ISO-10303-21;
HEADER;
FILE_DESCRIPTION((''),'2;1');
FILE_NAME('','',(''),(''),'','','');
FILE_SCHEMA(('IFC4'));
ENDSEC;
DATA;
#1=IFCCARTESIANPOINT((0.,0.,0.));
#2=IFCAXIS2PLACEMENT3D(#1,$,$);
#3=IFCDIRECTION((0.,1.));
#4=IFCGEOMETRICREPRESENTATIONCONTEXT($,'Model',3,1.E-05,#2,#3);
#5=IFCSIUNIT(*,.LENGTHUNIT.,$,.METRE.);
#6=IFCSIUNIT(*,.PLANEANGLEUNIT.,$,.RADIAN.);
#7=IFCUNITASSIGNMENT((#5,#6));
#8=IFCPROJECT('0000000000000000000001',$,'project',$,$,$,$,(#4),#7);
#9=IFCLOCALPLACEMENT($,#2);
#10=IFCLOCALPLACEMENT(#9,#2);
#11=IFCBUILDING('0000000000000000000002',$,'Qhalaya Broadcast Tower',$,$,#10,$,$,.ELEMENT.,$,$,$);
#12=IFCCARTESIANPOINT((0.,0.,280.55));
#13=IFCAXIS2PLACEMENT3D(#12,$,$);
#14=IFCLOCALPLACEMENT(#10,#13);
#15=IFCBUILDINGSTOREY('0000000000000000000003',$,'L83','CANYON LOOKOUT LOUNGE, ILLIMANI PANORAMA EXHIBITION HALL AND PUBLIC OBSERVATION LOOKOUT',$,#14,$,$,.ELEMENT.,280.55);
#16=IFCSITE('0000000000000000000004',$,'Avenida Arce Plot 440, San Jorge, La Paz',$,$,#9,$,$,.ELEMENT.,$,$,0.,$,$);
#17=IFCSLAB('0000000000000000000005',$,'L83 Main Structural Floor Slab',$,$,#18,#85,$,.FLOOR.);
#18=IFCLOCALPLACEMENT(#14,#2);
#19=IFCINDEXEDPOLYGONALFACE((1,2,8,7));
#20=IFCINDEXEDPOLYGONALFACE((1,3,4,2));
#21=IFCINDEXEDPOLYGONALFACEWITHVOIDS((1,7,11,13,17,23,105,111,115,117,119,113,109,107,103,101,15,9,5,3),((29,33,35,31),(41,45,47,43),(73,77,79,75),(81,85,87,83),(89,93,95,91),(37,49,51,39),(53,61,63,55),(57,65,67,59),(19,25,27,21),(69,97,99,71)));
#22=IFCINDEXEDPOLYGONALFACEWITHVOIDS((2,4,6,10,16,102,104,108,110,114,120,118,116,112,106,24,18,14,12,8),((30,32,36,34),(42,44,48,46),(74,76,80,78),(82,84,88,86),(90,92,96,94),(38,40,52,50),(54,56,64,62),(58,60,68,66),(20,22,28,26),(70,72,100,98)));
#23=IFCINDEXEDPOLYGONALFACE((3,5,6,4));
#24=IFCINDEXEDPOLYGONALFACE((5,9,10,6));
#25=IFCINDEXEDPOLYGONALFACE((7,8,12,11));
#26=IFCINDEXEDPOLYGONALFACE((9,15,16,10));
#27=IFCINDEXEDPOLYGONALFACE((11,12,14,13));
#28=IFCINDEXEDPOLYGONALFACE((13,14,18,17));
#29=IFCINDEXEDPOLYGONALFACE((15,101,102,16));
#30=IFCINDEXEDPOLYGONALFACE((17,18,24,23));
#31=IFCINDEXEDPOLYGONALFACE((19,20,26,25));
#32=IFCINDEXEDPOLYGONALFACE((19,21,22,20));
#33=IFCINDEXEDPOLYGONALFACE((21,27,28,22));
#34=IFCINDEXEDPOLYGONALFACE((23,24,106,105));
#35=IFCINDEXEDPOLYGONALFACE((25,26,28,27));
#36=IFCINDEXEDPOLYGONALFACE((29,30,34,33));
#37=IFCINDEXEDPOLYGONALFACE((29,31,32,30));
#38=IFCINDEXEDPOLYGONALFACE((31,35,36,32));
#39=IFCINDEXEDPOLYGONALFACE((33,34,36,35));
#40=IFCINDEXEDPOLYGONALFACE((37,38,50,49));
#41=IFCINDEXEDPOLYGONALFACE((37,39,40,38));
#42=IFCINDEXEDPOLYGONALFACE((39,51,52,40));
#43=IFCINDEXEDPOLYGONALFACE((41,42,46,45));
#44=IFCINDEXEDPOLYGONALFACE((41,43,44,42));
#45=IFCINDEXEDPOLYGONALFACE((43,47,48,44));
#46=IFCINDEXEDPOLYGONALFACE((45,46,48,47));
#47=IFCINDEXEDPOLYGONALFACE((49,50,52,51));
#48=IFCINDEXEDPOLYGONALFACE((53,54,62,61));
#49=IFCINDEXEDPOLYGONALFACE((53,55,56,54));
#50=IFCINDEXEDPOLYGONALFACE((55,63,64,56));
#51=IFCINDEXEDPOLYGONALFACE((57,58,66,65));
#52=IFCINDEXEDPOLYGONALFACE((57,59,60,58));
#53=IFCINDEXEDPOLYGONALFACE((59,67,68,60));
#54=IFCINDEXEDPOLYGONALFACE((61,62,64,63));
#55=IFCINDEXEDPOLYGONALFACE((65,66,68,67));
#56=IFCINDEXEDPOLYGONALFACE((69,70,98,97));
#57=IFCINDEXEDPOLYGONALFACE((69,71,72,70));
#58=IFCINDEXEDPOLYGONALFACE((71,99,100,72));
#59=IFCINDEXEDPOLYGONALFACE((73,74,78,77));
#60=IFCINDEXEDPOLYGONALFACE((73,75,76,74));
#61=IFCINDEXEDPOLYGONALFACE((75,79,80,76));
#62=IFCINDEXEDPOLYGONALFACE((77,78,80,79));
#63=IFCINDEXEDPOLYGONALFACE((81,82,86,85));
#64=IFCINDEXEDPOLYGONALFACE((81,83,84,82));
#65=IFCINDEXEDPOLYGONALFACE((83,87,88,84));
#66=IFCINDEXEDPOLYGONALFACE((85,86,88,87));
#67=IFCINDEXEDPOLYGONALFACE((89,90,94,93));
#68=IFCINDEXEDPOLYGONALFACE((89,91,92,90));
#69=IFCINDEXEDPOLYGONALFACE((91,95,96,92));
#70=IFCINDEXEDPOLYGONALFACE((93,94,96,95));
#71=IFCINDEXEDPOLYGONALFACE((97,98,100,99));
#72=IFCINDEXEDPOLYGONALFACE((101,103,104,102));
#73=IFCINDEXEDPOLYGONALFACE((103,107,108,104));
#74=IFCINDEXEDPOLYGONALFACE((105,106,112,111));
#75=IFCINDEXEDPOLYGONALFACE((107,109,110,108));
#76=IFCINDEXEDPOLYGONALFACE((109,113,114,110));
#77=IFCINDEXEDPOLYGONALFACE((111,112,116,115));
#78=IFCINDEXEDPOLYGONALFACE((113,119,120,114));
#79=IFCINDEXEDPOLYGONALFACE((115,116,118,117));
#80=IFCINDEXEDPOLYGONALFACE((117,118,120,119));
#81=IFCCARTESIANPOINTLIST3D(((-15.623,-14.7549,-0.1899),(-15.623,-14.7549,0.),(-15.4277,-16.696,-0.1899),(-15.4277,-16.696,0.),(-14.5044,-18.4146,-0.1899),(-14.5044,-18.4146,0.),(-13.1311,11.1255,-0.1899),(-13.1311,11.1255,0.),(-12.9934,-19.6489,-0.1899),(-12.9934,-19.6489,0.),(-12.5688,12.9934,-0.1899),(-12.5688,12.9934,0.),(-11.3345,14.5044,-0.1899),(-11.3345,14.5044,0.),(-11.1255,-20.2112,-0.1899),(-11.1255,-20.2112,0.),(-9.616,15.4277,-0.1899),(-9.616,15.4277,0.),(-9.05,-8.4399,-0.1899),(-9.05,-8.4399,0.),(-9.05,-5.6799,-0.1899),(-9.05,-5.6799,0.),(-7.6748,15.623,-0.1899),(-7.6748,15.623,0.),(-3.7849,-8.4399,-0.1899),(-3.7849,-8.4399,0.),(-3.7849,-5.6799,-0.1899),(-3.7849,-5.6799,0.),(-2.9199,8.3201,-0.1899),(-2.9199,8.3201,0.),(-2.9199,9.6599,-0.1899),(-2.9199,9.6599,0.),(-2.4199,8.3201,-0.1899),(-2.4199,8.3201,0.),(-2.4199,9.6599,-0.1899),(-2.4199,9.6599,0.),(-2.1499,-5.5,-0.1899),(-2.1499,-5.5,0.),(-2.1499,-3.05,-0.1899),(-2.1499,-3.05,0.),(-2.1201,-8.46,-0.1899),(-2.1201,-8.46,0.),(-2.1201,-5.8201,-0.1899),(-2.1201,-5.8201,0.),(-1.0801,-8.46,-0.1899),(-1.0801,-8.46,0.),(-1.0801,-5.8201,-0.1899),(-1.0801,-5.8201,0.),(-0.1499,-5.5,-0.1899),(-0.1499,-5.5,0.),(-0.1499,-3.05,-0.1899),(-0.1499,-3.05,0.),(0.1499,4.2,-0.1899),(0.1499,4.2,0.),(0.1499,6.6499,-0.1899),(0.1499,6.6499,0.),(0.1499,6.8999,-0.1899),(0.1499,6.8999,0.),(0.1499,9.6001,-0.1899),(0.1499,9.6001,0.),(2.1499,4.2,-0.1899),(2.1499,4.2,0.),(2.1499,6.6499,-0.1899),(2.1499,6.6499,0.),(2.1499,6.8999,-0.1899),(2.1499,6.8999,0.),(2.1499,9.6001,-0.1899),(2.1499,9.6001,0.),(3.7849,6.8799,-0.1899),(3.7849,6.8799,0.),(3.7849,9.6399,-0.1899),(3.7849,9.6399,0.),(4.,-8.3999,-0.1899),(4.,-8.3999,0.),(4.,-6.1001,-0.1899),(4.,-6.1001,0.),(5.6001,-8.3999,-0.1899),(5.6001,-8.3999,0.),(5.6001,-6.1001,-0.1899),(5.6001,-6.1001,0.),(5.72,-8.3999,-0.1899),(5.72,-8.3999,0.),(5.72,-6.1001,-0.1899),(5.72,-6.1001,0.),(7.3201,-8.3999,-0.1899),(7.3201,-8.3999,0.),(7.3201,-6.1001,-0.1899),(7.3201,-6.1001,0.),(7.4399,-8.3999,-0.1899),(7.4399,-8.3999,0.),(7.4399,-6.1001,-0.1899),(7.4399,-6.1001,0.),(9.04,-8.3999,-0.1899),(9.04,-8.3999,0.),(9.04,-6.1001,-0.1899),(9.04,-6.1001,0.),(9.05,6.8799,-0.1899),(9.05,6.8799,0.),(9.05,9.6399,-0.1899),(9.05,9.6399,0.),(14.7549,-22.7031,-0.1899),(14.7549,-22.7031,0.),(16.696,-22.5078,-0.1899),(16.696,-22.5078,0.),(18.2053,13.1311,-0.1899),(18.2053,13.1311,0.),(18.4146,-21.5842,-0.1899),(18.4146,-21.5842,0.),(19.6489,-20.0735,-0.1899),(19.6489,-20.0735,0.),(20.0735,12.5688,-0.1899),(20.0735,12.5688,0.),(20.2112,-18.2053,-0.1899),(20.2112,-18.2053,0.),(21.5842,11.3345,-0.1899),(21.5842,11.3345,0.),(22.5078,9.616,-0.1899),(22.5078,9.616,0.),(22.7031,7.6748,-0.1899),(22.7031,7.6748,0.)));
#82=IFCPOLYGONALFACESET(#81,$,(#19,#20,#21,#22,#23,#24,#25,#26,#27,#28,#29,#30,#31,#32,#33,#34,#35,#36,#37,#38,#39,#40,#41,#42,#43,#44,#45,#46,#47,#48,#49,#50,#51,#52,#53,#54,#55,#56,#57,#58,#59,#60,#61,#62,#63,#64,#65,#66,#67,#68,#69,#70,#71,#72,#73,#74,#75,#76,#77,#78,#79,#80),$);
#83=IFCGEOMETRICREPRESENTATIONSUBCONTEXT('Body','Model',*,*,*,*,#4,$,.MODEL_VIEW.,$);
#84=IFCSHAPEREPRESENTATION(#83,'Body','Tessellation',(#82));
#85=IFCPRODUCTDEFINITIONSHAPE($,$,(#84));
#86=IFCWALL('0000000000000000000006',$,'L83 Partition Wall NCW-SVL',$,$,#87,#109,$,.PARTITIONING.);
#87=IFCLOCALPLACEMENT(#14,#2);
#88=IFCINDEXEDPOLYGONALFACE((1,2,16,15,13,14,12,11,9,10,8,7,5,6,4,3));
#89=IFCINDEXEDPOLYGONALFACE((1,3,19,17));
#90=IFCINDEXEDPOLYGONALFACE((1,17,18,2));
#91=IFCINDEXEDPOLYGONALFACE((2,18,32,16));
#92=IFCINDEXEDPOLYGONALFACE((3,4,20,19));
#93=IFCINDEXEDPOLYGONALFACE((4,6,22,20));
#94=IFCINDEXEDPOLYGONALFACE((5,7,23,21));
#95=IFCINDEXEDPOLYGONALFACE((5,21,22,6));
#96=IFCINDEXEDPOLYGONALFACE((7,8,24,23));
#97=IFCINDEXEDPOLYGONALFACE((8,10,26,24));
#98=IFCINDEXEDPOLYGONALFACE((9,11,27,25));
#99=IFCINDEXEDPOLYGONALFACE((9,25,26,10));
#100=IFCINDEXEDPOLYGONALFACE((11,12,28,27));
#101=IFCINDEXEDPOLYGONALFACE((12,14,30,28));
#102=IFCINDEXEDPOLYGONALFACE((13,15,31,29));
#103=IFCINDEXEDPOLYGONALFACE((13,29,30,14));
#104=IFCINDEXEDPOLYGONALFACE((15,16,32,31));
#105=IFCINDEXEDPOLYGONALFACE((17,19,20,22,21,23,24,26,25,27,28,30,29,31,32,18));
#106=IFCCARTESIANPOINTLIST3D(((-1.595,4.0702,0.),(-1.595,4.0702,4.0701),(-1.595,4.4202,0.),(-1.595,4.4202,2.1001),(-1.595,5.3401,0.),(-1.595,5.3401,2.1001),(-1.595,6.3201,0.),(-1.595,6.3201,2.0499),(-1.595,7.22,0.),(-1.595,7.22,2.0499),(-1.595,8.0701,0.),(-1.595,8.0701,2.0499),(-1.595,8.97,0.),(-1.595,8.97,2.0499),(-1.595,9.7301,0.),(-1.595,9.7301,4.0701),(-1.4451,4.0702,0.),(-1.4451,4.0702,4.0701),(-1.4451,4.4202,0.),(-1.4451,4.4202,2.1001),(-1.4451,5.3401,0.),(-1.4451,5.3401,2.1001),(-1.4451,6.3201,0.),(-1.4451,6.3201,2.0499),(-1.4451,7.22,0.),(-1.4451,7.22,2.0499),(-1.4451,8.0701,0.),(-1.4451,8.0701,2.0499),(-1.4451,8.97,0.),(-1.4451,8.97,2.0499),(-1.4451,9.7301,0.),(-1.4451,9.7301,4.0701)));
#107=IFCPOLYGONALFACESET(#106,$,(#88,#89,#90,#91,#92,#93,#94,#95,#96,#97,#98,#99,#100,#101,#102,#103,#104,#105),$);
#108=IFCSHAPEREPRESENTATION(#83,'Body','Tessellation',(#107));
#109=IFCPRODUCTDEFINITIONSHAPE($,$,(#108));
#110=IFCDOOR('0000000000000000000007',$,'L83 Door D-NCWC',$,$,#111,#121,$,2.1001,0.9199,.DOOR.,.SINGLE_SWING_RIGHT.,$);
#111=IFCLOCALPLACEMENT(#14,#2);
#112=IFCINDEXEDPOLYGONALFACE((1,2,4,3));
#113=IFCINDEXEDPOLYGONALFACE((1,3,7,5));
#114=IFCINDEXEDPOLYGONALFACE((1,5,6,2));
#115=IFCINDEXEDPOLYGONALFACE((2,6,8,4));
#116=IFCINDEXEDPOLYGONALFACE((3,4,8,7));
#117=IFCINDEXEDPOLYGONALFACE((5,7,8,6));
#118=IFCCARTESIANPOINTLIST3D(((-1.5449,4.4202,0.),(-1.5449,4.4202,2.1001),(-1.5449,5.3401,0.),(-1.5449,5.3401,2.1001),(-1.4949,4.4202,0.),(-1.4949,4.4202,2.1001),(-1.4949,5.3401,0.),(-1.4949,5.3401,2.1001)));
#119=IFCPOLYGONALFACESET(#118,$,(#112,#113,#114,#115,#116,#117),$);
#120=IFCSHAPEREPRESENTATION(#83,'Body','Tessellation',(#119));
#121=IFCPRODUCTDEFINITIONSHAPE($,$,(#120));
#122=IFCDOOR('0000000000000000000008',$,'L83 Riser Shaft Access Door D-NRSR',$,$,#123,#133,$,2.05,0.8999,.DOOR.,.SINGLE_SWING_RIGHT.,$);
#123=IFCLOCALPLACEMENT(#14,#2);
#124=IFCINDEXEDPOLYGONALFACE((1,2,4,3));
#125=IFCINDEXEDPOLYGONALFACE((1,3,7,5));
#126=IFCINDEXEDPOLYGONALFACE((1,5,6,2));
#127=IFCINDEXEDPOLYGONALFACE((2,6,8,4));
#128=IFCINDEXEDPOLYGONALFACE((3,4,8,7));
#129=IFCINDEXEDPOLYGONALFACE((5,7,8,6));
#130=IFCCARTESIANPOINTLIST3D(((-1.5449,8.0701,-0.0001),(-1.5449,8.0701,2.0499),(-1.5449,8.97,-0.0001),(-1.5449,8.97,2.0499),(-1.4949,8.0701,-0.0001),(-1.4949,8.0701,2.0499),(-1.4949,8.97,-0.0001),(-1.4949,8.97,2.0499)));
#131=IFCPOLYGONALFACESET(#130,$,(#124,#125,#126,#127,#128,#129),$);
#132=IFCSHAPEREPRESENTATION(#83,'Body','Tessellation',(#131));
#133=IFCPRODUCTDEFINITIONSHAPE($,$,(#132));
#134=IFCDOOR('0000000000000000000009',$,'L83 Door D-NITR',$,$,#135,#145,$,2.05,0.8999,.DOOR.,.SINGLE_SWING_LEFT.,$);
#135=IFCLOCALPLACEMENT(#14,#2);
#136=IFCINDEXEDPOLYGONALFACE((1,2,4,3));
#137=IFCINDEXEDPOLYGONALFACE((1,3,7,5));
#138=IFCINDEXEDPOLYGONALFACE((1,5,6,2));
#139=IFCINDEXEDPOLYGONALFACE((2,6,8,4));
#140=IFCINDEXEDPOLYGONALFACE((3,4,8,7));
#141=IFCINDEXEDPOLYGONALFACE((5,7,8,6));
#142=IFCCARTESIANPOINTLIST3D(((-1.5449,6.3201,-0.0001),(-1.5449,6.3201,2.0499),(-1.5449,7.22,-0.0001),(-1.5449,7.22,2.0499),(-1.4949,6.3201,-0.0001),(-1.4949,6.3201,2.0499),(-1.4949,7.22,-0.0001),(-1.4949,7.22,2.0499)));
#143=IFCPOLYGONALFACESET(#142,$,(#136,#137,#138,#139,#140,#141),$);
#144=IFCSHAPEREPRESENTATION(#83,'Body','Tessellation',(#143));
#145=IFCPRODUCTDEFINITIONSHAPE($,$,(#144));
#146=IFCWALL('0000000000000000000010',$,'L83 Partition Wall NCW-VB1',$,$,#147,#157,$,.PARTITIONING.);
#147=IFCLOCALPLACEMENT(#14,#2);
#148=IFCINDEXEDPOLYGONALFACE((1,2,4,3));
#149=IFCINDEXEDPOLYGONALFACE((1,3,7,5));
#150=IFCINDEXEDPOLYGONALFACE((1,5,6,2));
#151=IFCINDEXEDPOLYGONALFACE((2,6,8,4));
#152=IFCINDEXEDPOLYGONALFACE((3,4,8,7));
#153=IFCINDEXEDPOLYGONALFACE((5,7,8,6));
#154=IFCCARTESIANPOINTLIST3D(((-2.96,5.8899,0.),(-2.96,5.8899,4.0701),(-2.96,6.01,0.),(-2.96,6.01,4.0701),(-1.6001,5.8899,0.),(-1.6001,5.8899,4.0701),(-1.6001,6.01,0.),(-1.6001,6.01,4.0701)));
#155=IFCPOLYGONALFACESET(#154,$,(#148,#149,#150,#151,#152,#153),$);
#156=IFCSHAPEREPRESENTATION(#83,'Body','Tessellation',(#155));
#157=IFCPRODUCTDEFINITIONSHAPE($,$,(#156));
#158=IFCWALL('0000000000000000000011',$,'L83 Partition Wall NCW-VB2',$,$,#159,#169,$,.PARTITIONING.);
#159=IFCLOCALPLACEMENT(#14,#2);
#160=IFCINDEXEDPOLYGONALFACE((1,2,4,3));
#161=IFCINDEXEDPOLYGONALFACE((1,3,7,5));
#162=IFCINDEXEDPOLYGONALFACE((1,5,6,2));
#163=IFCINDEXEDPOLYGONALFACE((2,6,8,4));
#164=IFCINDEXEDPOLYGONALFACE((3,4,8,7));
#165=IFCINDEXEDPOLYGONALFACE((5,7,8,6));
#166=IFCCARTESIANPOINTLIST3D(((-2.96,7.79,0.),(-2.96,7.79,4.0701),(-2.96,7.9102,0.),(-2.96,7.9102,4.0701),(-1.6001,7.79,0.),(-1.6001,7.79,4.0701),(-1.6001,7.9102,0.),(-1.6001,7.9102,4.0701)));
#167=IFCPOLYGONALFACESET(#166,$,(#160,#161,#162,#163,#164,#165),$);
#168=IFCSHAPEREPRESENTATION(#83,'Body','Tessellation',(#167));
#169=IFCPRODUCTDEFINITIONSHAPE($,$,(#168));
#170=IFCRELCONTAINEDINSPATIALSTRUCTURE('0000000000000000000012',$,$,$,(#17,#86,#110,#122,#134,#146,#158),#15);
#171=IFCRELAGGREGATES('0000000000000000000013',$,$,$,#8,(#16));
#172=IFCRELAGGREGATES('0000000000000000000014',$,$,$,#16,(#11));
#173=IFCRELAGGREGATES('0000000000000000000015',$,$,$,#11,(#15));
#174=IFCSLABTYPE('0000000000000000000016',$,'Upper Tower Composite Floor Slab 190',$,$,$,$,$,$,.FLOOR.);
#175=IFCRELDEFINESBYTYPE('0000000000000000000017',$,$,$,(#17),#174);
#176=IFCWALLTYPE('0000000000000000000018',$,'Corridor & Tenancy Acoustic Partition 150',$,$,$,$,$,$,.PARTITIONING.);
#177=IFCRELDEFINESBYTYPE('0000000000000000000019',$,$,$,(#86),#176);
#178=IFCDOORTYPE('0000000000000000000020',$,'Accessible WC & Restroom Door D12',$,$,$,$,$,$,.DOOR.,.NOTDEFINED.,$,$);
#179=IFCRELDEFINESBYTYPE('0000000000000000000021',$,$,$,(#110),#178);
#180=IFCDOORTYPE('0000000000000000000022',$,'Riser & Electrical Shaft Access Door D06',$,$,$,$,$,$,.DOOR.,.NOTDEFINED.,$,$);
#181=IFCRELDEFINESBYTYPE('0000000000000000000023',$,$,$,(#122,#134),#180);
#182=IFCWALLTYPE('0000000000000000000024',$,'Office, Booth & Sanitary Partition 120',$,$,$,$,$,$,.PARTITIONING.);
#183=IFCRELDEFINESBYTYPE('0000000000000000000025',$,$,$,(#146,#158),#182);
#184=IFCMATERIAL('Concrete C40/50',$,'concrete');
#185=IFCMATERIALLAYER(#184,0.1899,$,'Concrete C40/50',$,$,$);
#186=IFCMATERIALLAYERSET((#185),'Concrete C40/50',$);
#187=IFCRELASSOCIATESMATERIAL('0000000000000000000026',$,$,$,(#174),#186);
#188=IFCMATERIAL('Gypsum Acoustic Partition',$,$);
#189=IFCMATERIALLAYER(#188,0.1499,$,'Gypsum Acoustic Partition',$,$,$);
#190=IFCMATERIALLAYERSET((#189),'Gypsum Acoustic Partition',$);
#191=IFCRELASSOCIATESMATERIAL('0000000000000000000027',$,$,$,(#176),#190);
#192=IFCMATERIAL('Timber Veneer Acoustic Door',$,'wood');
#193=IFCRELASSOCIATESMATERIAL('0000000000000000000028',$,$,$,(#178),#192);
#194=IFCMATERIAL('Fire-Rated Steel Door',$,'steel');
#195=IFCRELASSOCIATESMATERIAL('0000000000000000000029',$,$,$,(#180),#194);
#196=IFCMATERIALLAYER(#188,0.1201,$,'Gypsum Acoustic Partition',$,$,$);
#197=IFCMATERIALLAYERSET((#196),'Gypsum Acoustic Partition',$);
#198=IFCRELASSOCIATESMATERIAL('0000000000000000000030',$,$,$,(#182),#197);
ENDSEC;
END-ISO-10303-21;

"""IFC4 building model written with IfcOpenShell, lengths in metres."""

from ifc_helpers import new_model, si_unit, direction, frame, frame_2d, origin, place, context, subcontext, project, spatial, polyline, rectangle, outline, extrude, material, layer, layer_set, type_object, element, fill, save


model = new_model("IFC4")

# Units and contexts
model_context = context("Model", 3, precision=1e-05, world=origin(), true_north=direction((0.0, 1.0)))
body_context = subcontext(model_context, "Body", "Model", "MODEL_VIEW")
ifc_project = project(units=[si_unit("LENGTHUNIT", "METRE"), si_unit("PLANEANGLEUNIT", "RADIAN")], contexts=[model_context])

# Site, building, storey
site_placement = place(None, origin())
site = spatial("IfcSite", under=ifc_project, at=site_placement, Name="Avenida Arce Plot 440, San Jorge, La Paz", CompositionType="ELEMENT", RefElevation=0.0)
building_placement = place(site_placement, origin())
building = spatial("IfcBuilding", under=site, at=building_placement, Name="Qhalaya Broadcast Tower", CompositionType="ELEMENT")
storey_placement = place(building_placement, frame((0.0, 0.0, 280.55)))
storey = spatial("IfcBuildingStorey", under=building, at=storey_placement, Name="L83", Description="CANYON LOOKOUT LOUNGE, ILLIMANI PANORAMA EXHIBITION HALL AND PUBLIC OBSERVATION LOOKOUT", CompositionType="ELEMENT", Elevation=280.55)

# Shared definitions
ifc_material_1 = material(Name="Concrete C40/50", Category="concrete")

# Slab
ifc_layer_1 = layer(ifc_material_1, 0.1899, Name="Concrete C40/50")
ifc_layer_set_1 = layer_set([ifc_layer_1], Name="Concrete C40/50")
slab_type_1 = type_object("IfcSlabType", Name="Upper Tower Composite Floor Slab 190", PredefinedType="FLOOR", material=ifc_layer_set_1)
slab_1_placement = place(storey_placement, frame((0.0, 0.0, -0.1899)))
element("IfcSlab", 1, at=slab_1_placement, inside=storey, type_object=slab_type_1, Name="L83 Main Structural Floor Slab", PredefinedType="FLOOR", context=body_context, shape_type="SweptSolid", body=[
    extrude(outline(polyline([(14.7549, -22.7031), (16.696, -22.5078), (18.4146, -21.5842), (19.6489, -20.0735), (20.2112, -18.2053), (22.7031, 7.6748), (22.5078, 9.616), (21.5842, 11.3345), (20.0735, 12.5688), (18.2053, 13.1311), (-7.6748, 15.623), (-9.616, 15.4277), (-11.3345, 14.5044), (-12.5688, 12.9934), (-13.1311, 11.1255), (-15.623, -14.7549), (-15.4277, -16.696), (-14.5044, -18.4146), (-12.9934, -19.6489), (-11.1255, -20.2112), (14.7549, -22.7031)]), holes=[polyline([(3.7849, 9.6399), (9.05, 9.6399), (9.05, 6.8799), (3.7849, 6.8799), (3.7849, 9.6399)]), polyline([(-3.7849, -8.4399), (-9.05, -8.4399), (-9.05, -5.6799), (-3.7849, -5.6799), (-3.7849, -8.4399)]), polyline([(0.1499, 6.6499), (2.1499, 6.6499), (2.1499, 4.2), (0.1499, 4.2), (0.1499, 6.6499)]), polyline([(0.1499, 9.6001), (2.1499, 9.6001), (2.1499, 6.8999), (0.1499, 6.8999), (0.1499, 9.6001)]), polyline([(-2.1499, -3.05), (-0.1499, -3.05), (-0.1499, -5.5), (-2.1499, -5.5), (-2.1499, -3.05)]), polyline([(4.0, -6.1001), (5.6001, -6.1001), (5.6001, -8.3999), (4.0, -8.3999), (4.0, -6.1001)]), polyline([(5.72, -6.1001), (7.3201, -6.1001), (7.3201, -8.3999), (5.72, -8.3999), (5.72, -6.1001)]), polyline([(7.4399, -6.1001), (9.04, -6.1001), (9.04, -8.3999), (7.4399, -8.3999), (7.4399, -6.1001)]), polyline([(-2.9199, 9.6599), (-2.4199, 9.6599), (-2.4199, 8.3201), (-2.9199, 8.3201), (-2.9199, 9.6599)]), polyline([(-2.1201, -5.8201), (-1.0801, -5.8201), (-1.0801, -8.46), (-2.1201, -8.46), (-2.1201, -5.8201)])]), origin(), (0.0, 0.0, 1.0), 0.1899),
])

# Wall, openings, doors
ifc_material_2 = material(Name="Gypsum Acoustic Partition")
ifc_layer_2 = layer(ifc_material_2, 0.1499, Name="Gypsum Acoustic Partition")
ifc_layer_set_2 = layer_set([ifc_layer_2], Name="Gypsum Acoustic Partition")
wall_type_1 = type_object("IfcWallType", Name="Corridor & Tenancy Acoustic Partition 150", PredefinedType="PARTITIONING", material=ifc_layer_set_2)
wall_1_placement = place(storey_placement, frame((-1.52, 4.0701, 0.0), z_axis=(0.0, 0.0, 1.0), x_axis=(0.0, 1.0, 0.0)))
wall_1 = element("IfcWall", 2, at=wall_1_placement, inside=storey, type_object=wall_type_1, Name="L83 Partition Wall NCW-SVL", PredefinedType="PARTITIONING", context=body_context, shape_type="SweptSolid", body=[
    extrude(rectangle(XDim=5.6599, YDim=0.1499, at=frame_2d((2.8301, 0.0))), origin(), (0.0, 0.0, 1.0), 4.0701),
])
opening_1_placement = place(wall_1_placement, frame((4.0, 0.0, 0.0)))
opening_1 = element("IfcOpeningElement", 3, at=opening_1_placement, cuts=wall_1, PredefinedType="OPENING", context=body_context, shape_type="SweptSolid", body=[
    extrude(rectangle(XDim=0.8999, YDim=2.05, at=frame_2d((0.45, 1.0249))), frame((0.0, 0.0869, 0.0), z_axis=(0.0, -1.0, 0.0), x_axis=(1.0, 0.0, 0.0)), (0.0, 0.0, 1.0), 0.1738),
])
opening_2_placement = place(wall_1_placement, frame((2.25, 0.0, 0.0)))
opening_2 = element("IfcOpeningElement", 4, at=opening_2_placement, cuts=wall_1, PredefinedType="OPENING", context=body_context, shape_type="SweptSolid", body=[
    extrude(rectangle(XDim=0.8999, YDim=2.05, at=frame_2d((0.45, 1.0249))), frame((0.0, 0.0869, 0.0), z_axis=(0.0, -1.0, 0.0), x_axis=(1.0, 0.0, 0.0)), (0.0, 0.0, 1.0), 0.1738),
])
opening_3_placement = place(wall_1_placement, frame((0.3501, 0.0, 0.0)))
opening_3 = element("IfcOpeningElement", 5, at=opening_3_placement, cuts=wall_1, PredefinedType="OPENING", context=body_context, shape_type="SweptSolid", body=[
    extrude(rectangle(XDim=0.9199, YDim=2.1001, at=frame_2d((0.46, 1.05))), frame((0.0, 0.0869, 0.0), z_axis=(0.0, -1.0, 0.0), x_axis=(1.0, 0.0, 0.0)), (0.0, 0.0, 1.0), 0.1738),
])
ifc_material_3 = material(Name="Timber Veneer Acoustic Door", Category="wood")
door_type_1 = type_object("IfcDoorType", Name="Accessible WC & Restroom Door D12", OperationType="NOTDEFINED", PredefinedType="DOOR", material=ifc_material_3)
door_1_placement = place(opening_3_placement, origin())
door_1 = element("IfcDoor", 6, at=door_1_placement, inside=storey, type_object=door_type_1, Name="L83 Door D-NCWC", OperationType="SINGLE_SWING_RIGHT", OverallHeight=2.1001, OverallWidth=0.9199, PredefinedType="DOOR", context=body_context, shape_type="SweptSolid", body=[
    extrude(rectangle(XDim=0.9199, YDim=2.1001, at=frame_2d((0.46, 1.05))), frame((0.0, 0.0249, 0.0), z_axis=(0.0, -1.0, 0.0), x_axis=(1.0, 0.0, 0.0)), (0.0, 0.0, 1.0), 0.05),
])
fill(opening_3, door_1)
ifc_material_4 = material(Name="Fire-Rated Steel Door", Category="steel")
door_type_2 = type_object("IfcDoorType", Name="Riser & Electrical Shaft Access Door D06", OperationType="NOTDEFINED", PredefinedType="DOOR", material=ifc_material_4)
door_2_placement = place(opening_1_placement, origin())
door_2 = element("IfcDoor", 7, at=door_2_placement, inside=storey, type_object=door_type_2, Name="L83 Riser Shaft Access Door D-NRSR", OperationType="SINGLE_SWING_RIGHT", OverallHeight=2.05, OverallWidth=0.8999, PredefinedType="DOOR", context=body_context, shape_type="SweptSolid", body=[
    extrude(rectangle(XDim=0.8999, YDim=2.05, at=frame_2d((0.45, 1.0249))), frame((0.0, 0.0249, 0.0), z_axis=(0.0, -1.0, 0.0), x_axis=(1.0, 0.0, 0.0)), (0.0, 0.0, 1.0), 0.05),
])
fill(opening_1, door_2)
door_3_placement = place(opening_2_placement, origin())
door_3 = element("IfcDoor", 8, at=door_3_placement, inside=storey, type_object=door_type_2, Name="L83 Door D-NITR", OperationType="SINGLE_SWING_LEFT", OverallHeight=2.05, OverallWidth=0.8999, PredefinedType="DOOR", context=body_context, shape_type="SweptSolid", body=[
    extrude(rectangle(XDim=0.8999, YDim=2.05, at=frame_2d((0.45, 1.0249))), frame((0.0, 0.0249, 0.0), z_axis=(0.0, -1.0, 0.0), x_axis=(1.0, 0.0, 0.0)), (0.0, 0.0, 1.0), 0.05),
])
fill(opening_2, door_3)

# Walls
ifc_layer_3 = layer(ifc_material_2, 0.1201, Name="Gypsum Acoustic Partition")
ifc_layer_set_3 = layer_set([ifc_layer_3], Name="Gypsum Acoustic Partition")
wall_type_2 = type_object("IfcWallType", Name="Office, Booth & Sanitary Partition 120", PredefinedType="PARTITIONING", material=ifc_layer_set_3)
for number, where, z_axis, x_axis, name in (
    (9, (-2.96, 5.95, 0.0), (0.0, 0.0, 1.0), (1.0, 0.0, 0.0), "L83 Partition Wall NCW-VB1"),
    (10, (-2.96, 7.8501, 0.0), (0.0, 0.0, 1.0), (1.0, 0.0, 0.0), "L83 Partition Wall NCW-VB2"),
):
    element("IfcWall", number, at=place(storey_placement, frame(where, z_axis=z_axis, x_axis=x_axis)), inside=storey, type_object=wall_type_2, Name=name, PredefinedType="PARTITIONING", context=body_context, shape_type="SweptSolid", body=[
        extrude(rectangle(XDim=1.3599, YDim=0.1201, at=frame_2d((0.6799, 0.0))), origin(), (0.0, 0.0, 1.0), 4.0701),
    ])

save(model, "model.ifc")
